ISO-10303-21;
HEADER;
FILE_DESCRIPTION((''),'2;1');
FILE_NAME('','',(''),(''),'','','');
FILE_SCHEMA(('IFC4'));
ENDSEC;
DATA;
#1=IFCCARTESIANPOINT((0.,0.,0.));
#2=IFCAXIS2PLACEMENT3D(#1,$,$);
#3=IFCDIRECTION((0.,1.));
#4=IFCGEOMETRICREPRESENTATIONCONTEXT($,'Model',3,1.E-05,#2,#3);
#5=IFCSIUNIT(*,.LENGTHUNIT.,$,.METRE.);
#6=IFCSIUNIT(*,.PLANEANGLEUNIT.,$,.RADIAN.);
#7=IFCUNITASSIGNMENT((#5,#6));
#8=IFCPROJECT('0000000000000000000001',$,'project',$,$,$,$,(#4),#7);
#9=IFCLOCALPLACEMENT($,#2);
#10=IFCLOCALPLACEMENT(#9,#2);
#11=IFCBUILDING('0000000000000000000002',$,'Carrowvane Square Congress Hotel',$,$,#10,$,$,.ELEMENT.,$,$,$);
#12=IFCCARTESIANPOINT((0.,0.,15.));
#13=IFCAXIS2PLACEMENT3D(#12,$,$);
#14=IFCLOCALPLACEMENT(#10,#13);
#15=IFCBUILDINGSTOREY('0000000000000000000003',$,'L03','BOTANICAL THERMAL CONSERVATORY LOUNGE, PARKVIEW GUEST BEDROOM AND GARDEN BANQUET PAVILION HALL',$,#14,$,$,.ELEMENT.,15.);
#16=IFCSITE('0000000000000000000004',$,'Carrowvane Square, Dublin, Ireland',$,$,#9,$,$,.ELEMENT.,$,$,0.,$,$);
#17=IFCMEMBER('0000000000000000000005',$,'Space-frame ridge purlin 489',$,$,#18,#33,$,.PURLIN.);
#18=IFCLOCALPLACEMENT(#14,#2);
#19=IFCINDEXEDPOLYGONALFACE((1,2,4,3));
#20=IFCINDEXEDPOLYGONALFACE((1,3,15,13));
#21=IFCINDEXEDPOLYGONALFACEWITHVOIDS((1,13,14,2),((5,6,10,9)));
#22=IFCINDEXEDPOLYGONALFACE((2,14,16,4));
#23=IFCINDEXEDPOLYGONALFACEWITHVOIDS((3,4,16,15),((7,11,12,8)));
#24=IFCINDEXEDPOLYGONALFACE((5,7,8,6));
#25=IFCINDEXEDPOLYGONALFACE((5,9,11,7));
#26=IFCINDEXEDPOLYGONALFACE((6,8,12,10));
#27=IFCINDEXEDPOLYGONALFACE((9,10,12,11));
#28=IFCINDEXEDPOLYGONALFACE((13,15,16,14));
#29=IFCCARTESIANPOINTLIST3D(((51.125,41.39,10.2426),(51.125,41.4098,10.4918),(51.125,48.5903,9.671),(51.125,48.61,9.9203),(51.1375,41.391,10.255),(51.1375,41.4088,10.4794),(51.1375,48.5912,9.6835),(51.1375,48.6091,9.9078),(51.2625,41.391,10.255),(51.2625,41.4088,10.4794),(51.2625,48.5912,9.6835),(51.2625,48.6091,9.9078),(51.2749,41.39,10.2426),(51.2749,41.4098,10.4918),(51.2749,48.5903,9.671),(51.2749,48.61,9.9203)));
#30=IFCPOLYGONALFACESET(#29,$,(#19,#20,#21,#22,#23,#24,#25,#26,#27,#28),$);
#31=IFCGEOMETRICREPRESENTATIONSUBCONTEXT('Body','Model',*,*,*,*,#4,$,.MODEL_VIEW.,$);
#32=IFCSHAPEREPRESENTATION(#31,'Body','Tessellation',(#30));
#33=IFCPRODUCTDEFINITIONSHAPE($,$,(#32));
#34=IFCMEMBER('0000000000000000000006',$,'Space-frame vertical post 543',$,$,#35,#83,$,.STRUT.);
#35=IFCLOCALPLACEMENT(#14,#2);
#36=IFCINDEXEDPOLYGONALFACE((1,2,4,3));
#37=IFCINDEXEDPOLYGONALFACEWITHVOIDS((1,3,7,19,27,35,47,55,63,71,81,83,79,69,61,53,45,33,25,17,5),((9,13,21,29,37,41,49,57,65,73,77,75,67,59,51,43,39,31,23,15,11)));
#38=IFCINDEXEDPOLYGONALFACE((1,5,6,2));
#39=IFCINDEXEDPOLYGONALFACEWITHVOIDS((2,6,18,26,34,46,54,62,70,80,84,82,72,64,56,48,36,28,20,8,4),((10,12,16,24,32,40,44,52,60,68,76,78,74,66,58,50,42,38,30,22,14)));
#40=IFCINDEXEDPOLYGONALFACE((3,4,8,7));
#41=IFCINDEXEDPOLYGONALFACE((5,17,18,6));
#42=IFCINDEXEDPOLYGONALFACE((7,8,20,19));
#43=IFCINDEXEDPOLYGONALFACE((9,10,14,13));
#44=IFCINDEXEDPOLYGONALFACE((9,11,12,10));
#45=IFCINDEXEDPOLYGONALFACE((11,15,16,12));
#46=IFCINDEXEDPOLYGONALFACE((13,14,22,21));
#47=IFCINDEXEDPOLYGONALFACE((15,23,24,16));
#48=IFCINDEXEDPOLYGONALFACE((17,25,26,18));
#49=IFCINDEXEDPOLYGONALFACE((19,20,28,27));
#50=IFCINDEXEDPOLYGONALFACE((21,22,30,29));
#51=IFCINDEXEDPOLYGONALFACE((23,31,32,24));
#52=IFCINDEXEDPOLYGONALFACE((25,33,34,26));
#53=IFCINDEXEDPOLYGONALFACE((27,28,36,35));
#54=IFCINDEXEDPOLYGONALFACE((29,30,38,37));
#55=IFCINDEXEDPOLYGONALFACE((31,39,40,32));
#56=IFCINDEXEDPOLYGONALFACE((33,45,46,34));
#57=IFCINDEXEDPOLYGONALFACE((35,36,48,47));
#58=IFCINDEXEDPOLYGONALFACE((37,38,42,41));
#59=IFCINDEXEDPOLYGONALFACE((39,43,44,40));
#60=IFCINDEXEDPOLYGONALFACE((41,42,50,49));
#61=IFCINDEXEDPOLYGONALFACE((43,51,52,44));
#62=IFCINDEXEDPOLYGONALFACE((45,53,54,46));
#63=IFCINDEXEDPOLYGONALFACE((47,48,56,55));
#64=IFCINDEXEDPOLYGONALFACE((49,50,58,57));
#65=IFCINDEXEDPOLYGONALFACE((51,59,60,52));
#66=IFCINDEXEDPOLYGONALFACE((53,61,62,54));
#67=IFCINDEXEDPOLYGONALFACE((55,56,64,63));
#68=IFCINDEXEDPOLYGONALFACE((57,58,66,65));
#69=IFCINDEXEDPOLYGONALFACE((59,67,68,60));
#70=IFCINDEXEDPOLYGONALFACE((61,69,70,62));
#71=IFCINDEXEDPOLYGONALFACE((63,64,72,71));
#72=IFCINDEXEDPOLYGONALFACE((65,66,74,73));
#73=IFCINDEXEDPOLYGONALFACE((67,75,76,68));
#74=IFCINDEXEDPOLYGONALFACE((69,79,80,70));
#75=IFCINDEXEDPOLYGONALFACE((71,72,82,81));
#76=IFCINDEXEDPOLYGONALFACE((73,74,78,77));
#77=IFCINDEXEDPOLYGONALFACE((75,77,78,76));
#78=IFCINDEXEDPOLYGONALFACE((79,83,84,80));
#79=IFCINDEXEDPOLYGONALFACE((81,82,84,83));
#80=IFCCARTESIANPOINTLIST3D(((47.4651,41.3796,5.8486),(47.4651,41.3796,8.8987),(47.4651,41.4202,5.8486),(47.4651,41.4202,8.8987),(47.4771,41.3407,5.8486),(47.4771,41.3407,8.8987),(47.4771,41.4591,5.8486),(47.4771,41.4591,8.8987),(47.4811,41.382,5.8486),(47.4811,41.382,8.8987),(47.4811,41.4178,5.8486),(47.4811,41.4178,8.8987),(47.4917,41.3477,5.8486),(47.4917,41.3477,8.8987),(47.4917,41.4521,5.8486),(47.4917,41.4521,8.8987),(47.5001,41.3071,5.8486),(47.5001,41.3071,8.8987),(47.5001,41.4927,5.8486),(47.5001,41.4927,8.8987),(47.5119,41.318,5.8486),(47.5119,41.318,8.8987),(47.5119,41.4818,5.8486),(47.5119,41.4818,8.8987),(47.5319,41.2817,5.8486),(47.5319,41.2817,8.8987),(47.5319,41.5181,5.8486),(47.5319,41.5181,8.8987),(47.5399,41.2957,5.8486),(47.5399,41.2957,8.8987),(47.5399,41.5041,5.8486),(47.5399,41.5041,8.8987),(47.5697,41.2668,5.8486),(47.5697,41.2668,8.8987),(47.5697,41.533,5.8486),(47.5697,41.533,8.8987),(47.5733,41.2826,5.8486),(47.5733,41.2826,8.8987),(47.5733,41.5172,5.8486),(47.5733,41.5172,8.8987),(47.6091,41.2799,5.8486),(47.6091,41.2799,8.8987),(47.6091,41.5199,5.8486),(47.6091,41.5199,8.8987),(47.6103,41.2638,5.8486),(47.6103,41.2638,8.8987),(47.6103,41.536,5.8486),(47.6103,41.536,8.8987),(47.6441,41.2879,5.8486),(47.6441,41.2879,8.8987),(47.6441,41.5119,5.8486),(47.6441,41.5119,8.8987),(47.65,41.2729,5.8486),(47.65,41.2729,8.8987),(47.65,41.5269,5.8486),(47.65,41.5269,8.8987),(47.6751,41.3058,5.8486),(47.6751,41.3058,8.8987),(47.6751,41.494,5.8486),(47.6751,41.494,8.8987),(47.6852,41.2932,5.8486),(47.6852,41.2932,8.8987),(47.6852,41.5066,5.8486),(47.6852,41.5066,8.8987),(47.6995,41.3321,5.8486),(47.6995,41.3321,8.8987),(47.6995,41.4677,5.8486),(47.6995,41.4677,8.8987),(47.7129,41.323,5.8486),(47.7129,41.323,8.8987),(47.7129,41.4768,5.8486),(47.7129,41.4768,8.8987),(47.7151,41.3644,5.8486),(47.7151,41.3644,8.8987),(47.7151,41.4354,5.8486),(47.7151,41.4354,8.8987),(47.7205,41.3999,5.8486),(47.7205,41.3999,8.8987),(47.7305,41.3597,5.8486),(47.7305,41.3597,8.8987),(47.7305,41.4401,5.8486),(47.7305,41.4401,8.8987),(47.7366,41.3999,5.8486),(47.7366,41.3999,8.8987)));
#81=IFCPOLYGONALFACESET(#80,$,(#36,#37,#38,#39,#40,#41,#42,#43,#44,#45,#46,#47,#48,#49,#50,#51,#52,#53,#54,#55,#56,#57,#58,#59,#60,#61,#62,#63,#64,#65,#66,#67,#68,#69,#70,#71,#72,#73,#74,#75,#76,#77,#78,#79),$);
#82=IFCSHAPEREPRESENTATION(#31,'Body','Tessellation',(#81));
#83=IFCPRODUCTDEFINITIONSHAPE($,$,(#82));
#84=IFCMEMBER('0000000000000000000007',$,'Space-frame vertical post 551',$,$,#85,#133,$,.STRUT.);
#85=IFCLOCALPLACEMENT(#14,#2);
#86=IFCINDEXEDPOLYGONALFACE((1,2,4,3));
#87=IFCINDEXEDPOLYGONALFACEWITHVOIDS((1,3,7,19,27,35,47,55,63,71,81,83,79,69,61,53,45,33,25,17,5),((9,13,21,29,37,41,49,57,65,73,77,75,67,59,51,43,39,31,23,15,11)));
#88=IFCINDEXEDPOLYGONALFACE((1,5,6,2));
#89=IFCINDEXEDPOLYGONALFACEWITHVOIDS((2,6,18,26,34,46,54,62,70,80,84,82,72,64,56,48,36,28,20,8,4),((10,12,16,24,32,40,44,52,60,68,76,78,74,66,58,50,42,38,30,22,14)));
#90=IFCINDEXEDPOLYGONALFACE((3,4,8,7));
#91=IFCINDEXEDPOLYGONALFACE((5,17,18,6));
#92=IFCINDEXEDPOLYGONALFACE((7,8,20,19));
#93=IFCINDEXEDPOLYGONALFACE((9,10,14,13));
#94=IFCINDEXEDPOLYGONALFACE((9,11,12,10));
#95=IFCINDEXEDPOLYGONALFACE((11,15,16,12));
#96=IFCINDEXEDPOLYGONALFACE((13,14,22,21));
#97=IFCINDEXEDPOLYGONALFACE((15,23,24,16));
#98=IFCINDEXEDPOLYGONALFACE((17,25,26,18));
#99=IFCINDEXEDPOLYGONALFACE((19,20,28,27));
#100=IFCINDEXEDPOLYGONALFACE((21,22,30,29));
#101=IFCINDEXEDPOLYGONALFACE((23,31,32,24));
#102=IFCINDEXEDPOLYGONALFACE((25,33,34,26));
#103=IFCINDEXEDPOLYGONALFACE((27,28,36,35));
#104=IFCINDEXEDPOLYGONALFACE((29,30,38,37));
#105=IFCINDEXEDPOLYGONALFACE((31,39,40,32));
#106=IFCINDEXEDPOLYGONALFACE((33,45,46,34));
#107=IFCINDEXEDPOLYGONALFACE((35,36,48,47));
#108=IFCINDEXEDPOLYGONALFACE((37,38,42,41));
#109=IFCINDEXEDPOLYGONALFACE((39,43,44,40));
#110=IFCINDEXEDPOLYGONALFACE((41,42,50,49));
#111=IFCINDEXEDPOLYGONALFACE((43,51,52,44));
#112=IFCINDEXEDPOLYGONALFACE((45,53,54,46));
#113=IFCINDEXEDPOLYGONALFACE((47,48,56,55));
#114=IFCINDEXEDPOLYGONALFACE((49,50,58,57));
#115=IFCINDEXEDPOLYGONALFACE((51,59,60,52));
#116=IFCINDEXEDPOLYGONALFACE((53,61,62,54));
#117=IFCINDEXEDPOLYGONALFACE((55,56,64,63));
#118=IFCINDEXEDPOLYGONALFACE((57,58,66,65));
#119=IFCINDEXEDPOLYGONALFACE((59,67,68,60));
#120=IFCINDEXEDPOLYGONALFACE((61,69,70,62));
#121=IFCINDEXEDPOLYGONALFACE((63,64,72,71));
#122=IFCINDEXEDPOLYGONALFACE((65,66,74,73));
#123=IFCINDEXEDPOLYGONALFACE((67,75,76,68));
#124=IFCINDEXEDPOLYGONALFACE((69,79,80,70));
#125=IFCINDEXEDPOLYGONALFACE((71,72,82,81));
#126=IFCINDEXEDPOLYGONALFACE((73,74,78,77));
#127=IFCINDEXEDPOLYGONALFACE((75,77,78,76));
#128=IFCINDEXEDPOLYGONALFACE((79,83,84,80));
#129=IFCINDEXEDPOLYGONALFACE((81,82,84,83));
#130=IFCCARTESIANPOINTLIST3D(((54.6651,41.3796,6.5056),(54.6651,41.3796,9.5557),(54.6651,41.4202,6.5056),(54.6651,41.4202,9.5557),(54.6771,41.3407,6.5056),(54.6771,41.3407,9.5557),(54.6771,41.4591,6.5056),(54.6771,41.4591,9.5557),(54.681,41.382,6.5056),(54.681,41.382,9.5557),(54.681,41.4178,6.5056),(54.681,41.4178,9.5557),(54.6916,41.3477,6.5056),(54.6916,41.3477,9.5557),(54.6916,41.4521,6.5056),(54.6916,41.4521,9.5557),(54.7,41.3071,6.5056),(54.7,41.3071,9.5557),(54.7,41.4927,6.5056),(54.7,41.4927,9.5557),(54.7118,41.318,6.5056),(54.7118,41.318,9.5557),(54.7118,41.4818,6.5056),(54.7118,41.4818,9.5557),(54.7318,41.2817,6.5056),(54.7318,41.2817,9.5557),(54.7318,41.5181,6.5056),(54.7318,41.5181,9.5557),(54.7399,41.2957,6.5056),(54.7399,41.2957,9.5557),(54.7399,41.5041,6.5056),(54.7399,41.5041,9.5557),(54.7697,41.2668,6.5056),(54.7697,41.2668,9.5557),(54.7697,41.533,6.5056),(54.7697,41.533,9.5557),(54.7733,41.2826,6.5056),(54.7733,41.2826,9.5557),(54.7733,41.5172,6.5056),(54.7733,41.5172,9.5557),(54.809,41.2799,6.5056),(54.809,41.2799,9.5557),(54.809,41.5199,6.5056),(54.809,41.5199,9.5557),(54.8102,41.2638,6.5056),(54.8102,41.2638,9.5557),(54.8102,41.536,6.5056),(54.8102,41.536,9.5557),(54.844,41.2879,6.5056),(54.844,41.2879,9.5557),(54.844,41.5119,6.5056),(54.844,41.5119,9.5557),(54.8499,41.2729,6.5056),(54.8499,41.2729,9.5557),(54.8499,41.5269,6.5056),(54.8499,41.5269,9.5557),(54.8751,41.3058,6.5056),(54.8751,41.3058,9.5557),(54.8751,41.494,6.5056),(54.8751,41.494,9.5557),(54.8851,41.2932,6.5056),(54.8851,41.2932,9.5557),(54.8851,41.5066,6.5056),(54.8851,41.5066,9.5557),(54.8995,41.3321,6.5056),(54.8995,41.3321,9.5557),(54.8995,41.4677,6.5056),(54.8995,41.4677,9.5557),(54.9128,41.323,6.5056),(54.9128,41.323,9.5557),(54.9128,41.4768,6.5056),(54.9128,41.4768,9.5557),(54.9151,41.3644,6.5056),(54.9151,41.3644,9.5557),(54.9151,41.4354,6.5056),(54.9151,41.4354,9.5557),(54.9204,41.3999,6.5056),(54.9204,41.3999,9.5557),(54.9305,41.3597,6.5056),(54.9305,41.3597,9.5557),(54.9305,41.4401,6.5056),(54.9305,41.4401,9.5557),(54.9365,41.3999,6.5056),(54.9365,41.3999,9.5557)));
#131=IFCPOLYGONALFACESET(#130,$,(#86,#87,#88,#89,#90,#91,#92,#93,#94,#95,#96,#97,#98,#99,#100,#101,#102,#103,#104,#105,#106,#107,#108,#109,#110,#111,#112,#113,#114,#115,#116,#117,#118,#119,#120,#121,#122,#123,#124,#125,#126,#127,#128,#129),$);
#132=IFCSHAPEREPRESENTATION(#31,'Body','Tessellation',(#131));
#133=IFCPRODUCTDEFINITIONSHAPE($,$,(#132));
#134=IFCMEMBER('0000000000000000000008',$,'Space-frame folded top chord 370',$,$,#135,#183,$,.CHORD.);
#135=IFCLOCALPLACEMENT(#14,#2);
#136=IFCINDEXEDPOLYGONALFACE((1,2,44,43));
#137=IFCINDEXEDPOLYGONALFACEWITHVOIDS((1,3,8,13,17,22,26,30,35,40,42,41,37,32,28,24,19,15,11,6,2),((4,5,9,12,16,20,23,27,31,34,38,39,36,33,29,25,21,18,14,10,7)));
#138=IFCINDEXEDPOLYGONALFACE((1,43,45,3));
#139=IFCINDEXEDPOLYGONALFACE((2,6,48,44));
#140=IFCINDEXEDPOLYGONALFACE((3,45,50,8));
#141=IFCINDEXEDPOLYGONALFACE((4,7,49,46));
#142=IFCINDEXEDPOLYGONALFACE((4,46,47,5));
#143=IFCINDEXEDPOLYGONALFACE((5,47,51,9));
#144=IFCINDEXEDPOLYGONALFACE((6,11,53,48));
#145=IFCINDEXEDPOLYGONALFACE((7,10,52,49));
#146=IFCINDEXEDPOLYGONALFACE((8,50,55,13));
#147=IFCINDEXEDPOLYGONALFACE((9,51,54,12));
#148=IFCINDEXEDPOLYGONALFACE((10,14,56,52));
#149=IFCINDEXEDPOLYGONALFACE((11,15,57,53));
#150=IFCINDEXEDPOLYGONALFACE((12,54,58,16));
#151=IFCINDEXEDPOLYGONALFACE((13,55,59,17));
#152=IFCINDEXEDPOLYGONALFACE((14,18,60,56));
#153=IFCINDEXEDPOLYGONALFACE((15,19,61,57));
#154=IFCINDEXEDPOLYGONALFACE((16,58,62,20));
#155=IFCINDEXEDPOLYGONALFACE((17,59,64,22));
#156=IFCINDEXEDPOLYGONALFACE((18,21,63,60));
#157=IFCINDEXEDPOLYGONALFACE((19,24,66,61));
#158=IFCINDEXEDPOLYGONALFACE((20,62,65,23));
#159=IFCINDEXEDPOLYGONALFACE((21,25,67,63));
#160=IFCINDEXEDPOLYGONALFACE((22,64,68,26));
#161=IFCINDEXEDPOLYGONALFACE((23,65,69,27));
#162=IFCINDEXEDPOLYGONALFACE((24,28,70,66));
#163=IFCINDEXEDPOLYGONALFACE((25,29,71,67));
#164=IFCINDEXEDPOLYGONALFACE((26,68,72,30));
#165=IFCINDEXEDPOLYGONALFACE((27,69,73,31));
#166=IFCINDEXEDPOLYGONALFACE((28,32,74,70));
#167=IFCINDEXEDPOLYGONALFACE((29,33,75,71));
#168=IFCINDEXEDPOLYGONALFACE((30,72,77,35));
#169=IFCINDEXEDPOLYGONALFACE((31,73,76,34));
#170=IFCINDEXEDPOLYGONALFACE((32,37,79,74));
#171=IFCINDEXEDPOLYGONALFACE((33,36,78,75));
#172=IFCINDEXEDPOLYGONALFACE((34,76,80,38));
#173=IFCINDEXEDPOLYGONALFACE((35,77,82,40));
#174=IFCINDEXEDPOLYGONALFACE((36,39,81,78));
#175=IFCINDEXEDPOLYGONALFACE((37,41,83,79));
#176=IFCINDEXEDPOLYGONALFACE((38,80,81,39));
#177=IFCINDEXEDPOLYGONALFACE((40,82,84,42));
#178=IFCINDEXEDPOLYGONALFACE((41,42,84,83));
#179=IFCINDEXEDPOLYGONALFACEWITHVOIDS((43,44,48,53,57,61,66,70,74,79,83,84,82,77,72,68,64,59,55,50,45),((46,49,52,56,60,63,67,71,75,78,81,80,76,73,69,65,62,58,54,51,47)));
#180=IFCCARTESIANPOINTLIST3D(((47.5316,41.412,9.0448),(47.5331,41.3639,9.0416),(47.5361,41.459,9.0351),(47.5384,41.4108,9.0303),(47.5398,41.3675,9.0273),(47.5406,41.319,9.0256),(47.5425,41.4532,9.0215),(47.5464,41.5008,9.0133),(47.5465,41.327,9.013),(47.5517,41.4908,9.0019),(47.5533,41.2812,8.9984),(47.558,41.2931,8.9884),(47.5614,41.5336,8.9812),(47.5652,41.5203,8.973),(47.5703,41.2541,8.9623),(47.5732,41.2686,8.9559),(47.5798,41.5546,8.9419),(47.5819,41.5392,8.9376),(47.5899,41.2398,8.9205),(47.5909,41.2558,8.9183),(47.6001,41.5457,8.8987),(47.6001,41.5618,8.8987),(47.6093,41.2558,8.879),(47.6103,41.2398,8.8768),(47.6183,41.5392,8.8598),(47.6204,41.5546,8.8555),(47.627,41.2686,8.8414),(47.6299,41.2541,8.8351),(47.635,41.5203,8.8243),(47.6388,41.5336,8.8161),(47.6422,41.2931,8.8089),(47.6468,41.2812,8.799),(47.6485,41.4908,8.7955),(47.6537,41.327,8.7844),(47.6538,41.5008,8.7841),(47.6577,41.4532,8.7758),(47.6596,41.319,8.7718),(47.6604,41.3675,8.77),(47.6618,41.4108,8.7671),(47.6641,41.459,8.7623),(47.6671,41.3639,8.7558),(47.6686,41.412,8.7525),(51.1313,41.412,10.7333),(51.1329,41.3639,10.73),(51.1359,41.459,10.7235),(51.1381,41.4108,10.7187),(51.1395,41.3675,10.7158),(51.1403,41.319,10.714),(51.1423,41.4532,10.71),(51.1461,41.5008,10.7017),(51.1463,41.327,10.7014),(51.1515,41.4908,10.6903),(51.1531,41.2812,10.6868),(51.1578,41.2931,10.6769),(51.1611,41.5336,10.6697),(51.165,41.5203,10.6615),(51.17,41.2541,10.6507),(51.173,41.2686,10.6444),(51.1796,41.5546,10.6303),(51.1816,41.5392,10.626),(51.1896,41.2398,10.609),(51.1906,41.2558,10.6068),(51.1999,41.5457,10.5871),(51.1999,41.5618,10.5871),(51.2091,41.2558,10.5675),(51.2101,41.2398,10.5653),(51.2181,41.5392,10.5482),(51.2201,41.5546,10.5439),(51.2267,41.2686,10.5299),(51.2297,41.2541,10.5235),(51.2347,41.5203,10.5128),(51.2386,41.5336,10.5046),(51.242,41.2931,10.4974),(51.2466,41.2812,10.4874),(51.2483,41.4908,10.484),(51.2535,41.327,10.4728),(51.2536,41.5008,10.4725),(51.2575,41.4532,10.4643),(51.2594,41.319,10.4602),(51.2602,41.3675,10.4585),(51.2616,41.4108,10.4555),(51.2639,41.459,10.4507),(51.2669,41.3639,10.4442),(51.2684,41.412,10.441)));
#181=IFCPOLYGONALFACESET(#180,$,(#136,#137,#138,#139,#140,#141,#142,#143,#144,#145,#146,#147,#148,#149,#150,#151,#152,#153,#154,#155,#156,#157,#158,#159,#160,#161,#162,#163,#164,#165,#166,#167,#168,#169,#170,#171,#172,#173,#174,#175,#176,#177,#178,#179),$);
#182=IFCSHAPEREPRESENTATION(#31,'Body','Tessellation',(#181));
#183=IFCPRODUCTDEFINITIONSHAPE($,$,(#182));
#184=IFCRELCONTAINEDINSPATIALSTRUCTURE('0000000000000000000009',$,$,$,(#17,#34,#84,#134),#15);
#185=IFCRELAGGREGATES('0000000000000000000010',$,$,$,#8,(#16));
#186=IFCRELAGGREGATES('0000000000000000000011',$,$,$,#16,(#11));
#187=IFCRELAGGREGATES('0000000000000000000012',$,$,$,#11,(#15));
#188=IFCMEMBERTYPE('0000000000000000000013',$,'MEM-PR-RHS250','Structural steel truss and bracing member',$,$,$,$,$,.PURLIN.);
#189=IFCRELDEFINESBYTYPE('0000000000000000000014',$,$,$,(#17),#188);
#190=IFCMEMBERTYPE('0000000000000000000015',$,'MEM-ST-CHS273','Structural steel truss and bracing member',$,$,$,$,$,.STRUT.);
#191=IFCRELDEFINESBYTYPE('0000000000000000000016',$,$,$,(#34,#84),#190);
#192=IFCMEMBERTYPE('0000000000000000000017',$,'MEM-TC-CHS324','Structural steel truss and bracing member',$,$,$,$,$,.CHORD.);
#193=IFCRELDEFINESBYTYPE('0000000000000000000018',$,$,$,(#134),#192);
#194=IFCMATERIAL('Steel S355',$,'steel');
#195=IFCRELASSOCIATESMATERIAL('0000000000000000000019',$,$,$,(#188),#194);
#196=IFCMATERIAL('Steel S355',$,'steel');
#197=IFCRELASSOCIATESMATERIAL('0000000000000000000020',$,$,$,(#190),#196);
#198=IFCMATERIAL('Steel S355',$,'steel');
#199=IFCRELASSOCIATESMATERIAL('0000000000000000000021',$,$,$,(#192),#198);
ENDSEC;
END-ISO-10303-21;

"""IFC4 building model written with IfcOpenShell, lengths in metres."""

from ifc_helpers import new_model, si_unit, direction, frame, origin, origin_2d, place, context, subcontext, project, spatial, hollow_rectangle, hollow_circle, extrude, material, material_profile, profile_set, type_object, element, save


model = new_model("IFC4")

# Units and contexts
model_context = context("Model", 3, precision=1e-05, world=origin(), true_north=direction((0.0, 1.0)))
body_context = subcontext(model_context, "Body", "Model", "MODEL_VIEW")
ifc_project = project(units=[si_unit("LENGTHUNIT", "METRE"), si_unit("PLANEANGLEUNIT", "RADIAN")], contexts=[model_context])

# Site, building, storey
site_placement = place(None, origin())
site = spatial("IfcSite", under=ifc_project, at=site_placement, Name="Carrowvane Square, Dublin, Ireland", CompositionType="ELEMENT", RefElevation=0.0)
building_placement = place(site_placement, origin())
building = spatial("IfcBuilding", under=site, at=building_placement, Name="Carrowvane Square Congress Hotel", CompositionType="ELEMENT")
storey_placement = place(building_placement, frame((0.0, 0.0, 15.0)))
storey = spatial("IfcBuildingStorey", under=building, at=storey_placement, Name="L03", Description="BOTANICAL THERMAL CONSERVATORY LOUNGE, PARKVIEW GUEST BEDROOM AND GARDEN BANQUET PAVILION HALL", CompositionType="ELEMENT", Elevation=15.0)

# Members
ifc_material_1 = material(Name="Steel S355", Category="steel")
ifc_material_profile_1 = material_profile(ifc_material_1, hollow_rectangle(XDim=0.1499, YDim=0.25, WallThickness=0.0125, at=origin_2d()), Name="RHS 250x150x12.5")
ifc_profile_set_1 = profile_set([ifc_material_profile_1], Name="Steel S355")
member_type_1 = type_object("IfcMemberType", Name="MEM-PR-RHS250", Description="Structural steel truss and bracing member", PredefinedType="PURLIN", material=ifc_profile_set_1)
member_1_placement = place(storey_placement, frame((51.2, 41.3999, 10.3672), z_axis=(0.0, 0.996864, -0.079129), x_axis=(-1.0, 0.0, 0.0)))
element("IfcMember", 1, at=member_1_placement, inside=storey, type_object=member_type_1, Name="Space-frame ridge purlin 489", PredefinedType="PURLIN", context=body_context, shape_type="SweptSolid", body=[
    extrude(hollow_rectangle(XDim=0.1499, YDim=0.25, WallThickness=0.0125, at=origin_2d()), origin(), (0.0, 0.0, 1.0), 7.2229),
])
ifc_material_2 = material(Name="Steel S355", Category="steel")
ifc_material_profile_2 = material_profile(ifc_material_2, hollow_circle(Radius=0.1365, WallThickness=0.0161, at=origin_2d()), Name="CHS 273.0x16")
ifc_profile_set_2 = profile_set([ifc_material_profile_2], Name="Steel S355")
member_type_2 = type_object("IfcMemberType", Name="MEM-ST-CHS273", Description="Structural steel truss and bracing member", PredefinedType="STRUT", material=ifc_profile_set_2)
for number, where, z_axis, x_axis, name in (
    (2, (47.6001, 41.3999, 5.8486), (0.0, 0.0, 1.0), (1.0, 0.0, 0.0), "Space-frame vertical post 543"),
    (3, (54.8, 41.3999, 6.5056), (0.0, 0.0, 1.0), (1.0, 0.0, 0.0), "Space-frame vertical post 551"),
):
    element("IfcMember", number, at=place(storey_placement, frame(where, z_axis=z_axis, x_axis=x_axis)), inside=storey, type_object=member_type_2, Name=name, PredefinedType="STRUT", context=body_context, shape_type="SweptSolid", body=[
        extrude(hollow_circle(Radius=0.1365, WallThickness=0.0161, at=origin_2d()), origin(), (0.0, 0.0, 1.0), 3.05),
    ])
ifc_material_3 = material(Name="Steel S355", Category="steel")
ifc_material_profile_3 = material_profile(ifc_material_3, hollow_circle(Radius=0.1619, WallThickness=0.0161, at=origin_2d()), Name="CHS 323.9x16")
ifc_profile_set_3 = profile_set([ifc_material_profile_3], Name="Steel S355")
member_type_3 = type_object("IfcMemberType", Name="MEM-TC-CHS324", Description="Structural steel truss and bracing member", PredefinedType="CHORD", material=ifc_profile_set_3)
member_2_placement = place(storey_placement, frame((47.6001, 41.3999, 8.8987), z_axis=(0.905358, 0.0, 0.424649), x_axis=(0.0, 1.0, 0.0)))
element("IfcMember", 4, at=member_2_placement, inside=storey, type_object=member_type_3, Name="Space-frame folded top chord 370", PredefinedType="CHORD", context=body_context, shape_type="SweptSolid", body=[
    extrude(hollow_circle(Radius=0.1619, WallThickness=0.0161, at=origin_2d()), origin(), (0.0, 0.0, 1.0), 3.9761),
])

save(model, "model.ifc")
